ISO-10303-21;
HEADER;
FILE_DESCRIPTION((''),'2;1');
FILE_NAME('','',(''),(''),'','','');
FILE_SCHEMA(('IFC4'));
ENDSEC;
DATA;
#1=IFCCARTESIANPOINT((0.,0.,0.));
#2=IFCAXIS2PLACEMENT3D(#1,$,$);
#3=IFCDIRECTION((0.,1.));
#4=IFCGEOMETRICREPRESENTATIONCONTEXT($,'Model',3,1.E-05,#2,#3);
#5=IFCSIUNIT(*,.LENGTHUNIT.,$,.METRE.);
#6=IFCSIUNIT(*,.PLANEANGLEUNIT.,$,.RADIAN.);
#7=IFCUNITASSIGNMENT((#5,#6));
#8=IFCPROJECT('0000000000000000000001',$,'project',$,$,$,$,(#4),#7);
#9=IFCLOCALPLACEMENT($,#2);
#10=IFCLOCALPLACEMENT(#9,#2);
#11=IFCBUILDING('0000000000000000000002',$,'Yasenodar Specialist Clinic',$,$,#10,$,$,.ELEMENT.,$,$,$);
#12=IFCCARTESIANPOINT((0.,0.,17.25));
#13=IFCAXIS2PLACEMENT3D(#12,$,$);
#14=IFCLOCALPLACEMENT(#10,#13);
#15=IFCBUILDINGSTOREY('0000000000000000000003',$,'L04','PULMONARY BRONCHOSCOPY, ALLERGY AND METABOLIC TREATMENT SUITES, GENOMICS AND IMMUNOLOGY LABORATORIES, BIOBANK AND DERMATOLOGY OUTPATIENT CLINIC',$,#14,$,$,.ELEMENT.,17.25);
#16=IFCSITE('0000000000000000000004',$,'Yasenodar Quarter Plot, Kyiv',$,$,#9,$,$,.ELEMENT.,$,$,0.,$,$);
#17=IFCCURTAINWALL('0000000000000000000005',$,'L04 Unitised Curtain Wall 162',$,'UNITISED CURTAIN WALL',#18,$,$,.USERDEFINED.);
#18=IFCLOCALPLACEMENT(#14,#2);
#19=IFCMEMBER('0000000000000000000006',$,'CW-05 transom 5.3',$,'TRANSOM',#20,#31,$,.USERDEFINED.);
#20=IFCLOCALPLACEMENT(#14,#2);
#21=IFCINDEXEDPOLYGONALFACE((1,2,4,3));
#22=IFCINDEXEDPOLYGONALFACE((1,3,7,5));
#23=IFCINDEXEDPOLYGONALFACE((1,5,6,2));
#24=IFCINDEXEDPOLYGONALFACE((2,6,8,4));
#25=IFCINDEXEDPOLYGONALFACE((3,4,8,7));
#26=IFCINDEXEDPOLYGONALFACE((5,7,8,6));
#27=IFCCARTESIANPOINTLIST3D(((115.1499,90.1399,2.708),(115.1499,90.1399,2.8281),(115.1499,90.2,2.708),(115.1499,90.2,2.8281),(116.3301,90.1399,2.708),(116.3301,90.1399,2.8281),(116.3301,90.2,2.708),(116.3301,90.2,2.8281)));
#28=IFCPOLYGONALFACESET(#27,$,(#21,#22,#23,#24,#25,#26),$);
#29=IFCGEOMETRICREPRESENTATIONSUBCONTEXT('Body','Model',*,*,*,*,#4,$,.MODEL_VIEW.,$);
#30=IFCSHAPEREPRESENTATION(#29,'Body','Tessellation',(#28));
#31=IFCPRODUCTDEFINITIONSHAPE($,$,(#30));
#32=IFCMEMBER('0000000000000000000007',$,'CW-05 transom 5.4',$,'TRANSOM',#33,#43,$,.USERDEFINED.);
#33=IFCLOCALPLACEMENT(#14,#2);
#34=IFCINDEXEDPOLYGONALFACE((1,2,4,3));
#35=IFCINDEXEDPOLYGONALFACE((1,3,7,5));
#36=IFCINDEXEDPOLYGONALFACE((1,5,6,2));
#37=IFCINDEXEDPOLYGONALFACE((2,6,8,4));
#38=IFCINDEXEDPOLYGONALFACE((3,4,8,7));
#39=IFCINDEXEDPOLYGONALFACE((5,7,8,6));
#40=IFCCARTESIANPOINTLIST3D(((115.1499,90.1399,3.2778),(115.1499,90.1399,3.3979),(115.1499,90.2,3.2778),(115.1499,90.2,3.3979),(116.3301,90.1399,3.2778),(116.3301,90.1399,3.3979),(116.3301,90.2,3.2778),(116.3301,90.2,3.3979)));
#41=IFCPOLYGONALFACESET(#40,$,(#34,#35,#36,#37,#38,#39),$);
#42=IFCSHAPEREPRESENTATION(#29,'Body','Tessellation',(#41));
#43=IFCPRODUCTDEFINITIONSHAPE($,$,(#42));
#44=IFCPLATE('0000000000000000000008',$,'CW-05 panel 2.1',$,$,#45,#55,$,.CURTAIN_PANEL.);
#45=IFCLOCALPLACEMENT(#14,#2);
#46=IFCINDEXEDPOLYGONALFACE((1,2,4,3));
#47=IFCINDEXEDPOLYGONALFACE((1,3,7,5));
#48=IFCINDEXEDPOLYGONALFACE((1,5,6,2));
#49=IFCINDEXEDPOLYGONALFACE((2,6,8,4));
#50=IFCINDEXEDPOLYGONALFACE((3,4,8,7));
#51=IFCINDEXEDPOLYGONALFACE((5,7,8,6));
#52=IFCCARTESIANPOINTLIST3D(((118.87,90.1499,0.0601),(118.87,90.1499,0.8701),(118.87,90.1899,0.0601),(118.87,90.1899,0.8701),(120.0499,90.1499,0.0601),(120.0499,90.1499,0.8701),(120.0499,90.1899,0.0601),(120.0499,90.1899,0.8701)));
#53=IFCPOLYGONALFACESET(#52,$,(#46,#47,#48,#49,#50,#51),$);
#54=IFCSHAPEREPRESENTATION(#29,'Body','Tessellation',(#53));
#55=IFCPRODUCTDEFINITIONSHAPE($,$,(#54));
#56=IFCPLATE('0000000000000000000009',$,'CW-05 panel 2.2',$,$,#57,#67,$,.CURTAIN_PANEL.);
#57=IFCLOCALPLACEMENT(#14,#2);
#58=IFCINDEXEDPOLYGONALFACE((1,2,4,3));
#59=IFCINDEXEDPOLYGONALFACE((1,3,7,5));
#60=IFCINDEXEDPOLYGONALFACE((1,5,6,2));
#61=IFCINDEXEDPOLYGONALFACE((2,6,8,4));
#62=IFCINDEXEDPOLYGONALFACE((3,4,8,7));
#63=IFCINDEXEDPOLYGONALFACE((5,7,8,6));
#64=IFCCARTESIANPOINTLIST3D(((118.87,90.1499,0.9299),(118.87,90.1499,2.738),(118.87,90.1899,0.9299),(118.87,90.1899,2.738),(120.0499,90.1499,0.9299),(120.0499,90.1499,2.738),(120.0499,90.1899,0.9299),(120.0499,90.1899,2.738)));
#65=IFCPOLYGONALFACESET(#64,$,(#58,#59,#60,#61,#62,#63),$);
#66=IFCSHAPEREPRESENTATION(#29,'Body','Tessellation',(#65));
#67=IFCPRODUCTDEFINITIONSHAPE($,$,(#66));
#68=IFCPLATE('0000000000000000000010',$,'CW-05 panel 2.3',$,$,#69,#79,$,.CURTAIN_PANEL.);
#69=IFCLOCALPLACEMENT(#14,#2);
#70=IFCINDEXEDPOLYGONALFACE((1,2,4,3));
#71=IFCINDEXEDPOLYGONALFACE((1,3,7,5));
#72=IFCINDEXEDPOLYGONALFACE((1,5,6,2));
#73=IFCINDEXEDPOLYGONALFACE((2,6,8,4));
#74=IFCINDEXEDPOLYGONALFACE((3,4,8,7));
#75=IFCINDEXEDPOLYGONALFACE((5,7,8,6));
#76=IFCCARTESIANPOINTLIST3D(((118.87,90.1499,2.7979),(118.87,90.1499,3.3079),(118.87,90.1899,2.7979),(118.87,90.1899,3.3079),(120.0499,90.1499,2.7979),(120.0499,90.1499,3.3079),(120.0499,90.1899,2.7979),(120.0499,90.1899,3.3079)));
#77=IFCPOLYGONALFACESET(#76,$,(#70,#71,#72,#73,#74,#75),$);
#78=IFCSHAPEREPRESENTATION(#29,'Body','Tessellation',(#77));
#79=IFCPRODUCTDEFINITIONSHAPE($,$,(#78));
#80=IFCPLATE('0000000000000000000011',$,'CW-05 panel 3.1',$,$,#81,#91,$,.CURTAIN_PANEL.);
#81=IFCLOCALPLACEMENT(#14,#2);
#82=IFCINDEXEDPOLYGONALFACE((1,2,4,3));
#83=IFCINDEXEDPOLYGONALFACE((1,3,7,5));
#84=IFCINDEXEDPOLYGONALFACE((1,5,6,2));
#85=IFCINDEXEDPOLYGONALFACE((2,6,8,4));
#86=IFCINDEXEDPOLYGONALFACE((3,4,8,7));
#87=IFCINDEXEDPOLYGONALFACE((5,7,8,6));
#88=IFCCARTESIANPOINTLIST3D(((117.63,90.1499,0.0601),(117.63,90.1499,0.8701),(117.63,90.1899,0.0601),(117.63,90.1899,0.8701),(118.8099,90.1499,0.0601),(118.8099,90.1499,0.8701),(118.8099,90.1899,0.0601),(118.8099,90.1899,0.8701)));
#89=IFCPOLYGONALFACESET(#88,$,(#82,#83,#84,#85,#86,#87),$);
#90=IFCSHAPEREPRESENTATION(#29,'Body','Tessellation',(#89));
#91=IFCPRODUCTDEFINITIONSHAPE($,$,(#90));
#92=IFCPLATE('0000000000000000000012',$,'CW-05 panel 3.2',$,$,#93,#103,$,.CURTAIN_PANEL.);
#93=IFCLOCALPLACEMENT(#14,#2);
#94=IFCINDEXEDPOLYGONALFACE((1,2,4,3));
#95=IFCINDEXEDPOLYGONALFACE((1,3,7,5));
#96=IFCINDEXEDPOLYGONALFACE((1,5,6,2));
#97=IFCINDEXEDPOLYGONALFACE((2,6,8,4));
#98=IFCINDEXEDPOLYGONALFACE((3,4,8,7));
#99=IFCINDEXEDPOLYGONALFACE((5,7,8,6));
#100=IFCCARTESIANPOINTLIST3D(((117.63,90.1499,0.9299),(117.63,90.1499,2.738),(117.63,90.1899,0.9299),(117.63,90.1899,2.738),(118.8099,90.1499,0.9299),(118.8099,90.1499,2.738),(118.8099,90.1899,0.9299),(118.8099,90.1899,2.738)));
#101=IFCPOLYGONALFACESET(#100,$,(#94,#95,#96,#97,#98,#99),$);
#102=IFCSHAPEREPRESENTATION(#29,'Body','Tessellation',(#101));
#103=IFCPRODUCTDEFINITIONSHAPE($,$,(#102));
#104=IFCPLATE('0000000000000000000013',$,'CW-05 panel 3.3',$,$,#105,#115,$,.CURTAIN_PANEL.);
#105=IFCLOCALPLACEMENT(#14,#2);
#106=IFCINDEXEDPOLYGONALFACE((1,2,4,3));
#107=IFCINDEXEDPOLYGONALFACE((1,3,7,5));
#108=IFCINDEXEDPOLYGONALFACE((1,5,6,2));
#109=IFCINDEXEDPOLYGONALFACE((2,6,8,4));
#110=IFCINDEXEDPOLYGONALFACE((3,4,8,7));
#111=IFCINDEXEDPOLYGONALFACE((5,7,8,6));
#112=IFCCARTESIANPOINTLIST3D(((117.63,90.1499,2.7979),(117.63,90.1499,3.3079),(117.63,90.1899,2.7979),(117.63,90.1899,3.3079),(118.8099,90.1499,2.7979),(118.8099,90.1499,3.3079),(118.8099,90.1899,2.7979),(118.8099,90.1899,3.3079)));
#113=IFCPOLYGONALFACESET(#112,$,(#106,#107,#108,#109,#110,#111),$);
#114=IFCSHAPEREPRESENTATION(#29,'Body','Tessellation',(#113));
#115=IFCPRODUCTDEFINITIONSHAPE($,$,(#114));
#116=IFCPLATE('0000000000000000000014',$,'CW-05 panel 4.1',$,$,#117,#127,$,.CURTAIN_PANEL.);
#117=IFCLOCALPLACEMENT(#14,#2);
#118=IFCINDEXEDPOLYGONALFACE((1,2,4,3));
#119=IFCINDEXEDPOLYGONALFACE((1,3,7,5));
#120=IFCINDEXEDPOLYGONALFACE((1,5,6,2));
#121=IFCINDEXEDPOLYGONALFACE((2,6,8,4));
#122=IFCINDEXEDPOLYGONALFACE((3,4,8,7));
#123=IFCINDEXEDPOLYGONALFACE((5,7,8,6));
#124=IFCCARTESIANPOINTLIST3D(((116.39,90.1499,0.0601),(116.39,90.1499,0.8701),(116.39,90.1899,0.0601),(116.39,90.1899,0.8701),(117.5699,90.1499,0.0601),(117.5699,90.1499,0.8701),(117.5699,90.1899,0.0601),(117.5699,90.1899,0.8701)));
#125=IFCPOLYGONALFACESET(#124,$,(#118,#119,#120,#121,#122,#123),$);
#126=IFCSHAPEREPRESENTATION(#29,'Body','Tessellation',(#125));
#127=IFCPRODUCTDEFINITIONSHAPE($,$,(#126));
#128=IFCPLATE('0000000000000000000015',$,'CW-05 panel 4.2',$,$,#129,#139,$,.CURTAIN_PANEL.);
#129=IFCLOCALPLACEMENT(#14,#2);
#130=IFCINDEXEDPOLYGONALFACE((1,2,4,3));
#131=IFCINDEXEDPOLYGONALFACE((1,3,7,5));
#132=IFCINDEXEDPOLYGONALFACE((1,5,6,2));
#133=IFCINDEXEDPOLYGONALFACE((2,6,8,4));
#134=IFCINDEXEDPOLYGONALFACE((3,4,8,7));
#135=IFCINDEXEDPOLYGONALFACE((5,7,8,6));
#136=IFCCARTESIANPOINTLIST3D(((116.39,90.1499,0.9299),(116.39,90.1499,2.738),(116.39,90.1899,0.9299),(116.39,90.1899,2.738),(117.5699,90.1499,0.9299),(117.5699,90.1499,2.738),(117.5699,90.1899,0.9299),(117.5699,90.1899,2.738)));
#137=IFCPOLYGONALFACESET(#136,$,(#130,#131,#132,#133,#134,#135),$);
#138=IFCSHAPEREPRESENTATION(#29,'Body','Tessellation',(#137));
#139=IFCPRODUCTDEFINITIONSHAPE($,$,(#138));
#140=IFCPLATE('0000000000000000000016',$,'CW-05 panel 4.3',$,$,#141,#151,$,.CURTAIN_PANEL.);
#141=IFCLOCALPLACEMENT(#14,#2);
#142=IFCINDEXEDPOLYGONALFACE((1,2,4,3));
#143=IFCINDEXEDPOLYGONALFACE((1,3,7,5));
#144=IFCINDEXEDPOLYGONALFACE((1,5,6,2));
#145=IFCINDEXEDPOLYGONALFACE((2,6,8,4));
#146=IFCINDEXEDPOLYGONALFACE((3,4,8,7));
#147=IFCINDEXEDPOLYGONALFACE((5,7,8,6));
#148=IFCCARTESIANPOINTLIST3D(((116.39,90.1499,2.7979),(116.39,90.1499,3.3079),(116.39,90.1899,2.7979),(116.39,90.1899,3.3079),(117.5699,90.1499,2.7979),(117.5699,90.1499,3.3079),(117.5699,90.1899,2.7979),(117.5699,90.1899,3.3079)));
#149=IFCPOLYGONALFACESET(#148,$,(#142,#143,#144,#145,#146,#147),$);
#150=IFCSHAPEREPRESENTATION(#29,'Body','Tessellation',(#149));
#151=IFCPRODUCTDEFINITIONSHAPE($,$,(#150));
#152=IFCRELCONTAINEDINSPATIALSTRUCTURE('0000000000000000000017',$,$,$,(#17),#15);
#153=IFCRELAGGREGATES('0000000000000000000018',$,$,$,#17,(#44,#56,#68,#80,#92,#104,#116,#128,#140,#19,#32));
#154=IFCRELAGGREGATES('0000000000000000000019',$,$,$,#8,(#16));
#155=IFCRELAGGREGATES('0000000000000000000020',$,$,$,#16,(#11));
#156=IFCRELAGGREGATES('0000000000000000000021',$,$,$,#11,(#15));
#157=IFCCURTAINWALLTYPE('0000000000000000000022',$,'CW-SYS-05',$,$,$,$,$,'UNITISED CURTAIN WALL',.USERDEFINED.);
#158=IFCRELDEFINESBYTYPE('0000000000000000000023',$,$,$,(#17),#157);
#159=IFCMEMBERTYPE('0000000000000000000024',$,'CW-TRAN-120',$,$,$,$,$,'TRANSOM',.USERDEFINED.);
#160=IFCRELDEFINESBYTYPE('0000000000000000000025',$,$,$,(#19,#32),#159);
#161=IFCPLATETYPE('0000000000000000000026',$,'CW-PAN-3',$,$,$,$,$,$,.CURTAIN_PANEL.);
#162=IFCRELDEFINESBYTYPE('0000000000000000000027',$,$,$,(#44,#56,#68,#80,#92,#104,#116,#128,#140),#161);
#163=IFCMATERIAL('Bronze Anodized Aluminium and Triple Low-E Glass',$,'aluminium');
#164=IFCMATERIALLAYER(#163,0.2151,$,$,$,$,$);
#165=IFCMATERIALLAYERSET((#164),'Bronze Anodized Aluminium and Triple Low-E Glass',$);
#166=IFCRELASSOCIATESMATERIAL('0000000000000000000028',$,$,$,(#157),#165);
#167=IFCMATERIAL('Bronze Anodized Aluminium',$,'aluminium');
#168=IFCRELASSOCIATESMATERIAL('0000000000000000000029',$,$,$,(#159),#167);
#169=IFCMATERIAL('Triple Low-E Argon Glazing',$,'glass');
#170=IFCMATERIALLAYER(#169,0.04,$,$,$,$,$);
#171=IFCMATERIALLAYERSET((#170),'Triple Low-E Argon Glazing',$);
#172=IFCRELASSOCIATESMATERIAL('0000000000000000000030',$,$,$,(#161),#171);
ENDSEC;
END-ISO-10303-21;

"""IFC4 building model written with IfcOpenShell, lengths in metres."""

from ifc_helpers import new_model, si_unit, direction, frame, origin, origin_2d, place, context, subcontext, project, spatial, rectangle, extrude, material, layer, layer_set, material_profile, profile_set, type_object, element, aggregate, save


model = new_model("IFC4")

# Units and contexts
model_context = context("Model", 3, precision=1e-05, world=origin(), true_north=direction((0.0, 1.0)))
body_context = subcontext(model_context, "Body", "Model", "MODEL_VIEW")
ifc_project = project(units=[si_unit("LENGTHUNIT", "METRE"), si_unit("PLANEANGLEUNIT", "RADIAN")], contexts=[model_context])

# Site, building, storey
site_placement = place(None, origin())
site = spatial("IfcSite", under=ifc_project, at=site_placement, Name="Yasenodar Quarter Plot, Kyiv", CompositionType="ELEMENT", RefElevation=0.0)
building_placement = place(site_placement, origin())
building = spatial("IfcBuilding", under=site, at=building_placement, Name="Yasenodar Specialist Clinic", CompositionType="ELEMENT")
storey_placement = place(building_placement, frame((0.0, 0.0, 17.25)))
storey = spatial("IfcBuildingStorey", under=building, at=storey_placement, Name="L04", Description="PULMONARY BRONCHOSCOPY, ALLERGY AND METABOLIC TREATMENT SUITES, GENOMICS AND IMMUNOLOGY LABORATORIES, BIOBANK AND DERMATOLOGY OUTPATIENT CLINIC", CompositionType="ELEMENT", Elevation=17.25)

# Curtain wall, members, plates
ifc_material_1 = material(Name="Bronze Anodized Aluminium and Triple Low-E Glass", Category="aluminium")
ifc_layer_1 = layer(ifc_material_1, 0.2151)
ifc_layer_set_1 = layer_set([ifc_layer_1], Name="Bronze Anodized Aluminium and Triple Low-E Glass")
curtain_wall_type = type_object("IfcCurtainWallType", Name="CW-SYS-05", ElementType="UNITISED CURTAIN WALL", PredefinedType="USERDEFINED", material=ifc_layer_set_1)
curtain_wall_placement = place(storey_placement, origin())
curtain_wall = element("IfcCurtainWall", 1, at=curtain_wall_placement, inside=storey, type_object=curtain_wall_type, Name="L04 Unitised Curtain Wall 162", ObjectType="UNITISED CURTAIN WALL", PredefinedType="USERDEFINED")
ifc_material_2 = material(Name="Bronze Anodized Aluminium", Category="aluminium")
ifc_material_profile_1 = material_profile(ifc_material_2, rectangle(XDim=0.0601, YDim=0.1201, at=origin_2d()), Name="CW-TRAN 60x120")
ifc_profile_set_1 = profile_set([ifc_material_profile_1], Name="Bronze Anodized Aluminium")
member_type_1 = type_object("IfcMemberType", Name="CW-TRAN-120", ElementType="TRANSOM", PredefinedType="USERDEFINED", material=ifc_profile_set_1)
member_1_placement = place(storey_placement, frame((116.3301, 90.1699, 2.7681), z_axis=(-1.0, 0.0, 0.0), x_axis=(0.0, -1.0, 0.0)))
member_1 = element("IfcMember", 2, at=member_1_placement, type_object=member_type_1, Name="CW-05 transom 5.3", ObjectType="TRANSOM", PredefinedType="USERDEFINED", context=body_context, shape_type="SweptSolid", body=[
    extrude(rectangle(XDim=0.0601, YDim=0.1201, at=origin_2d()), origin(), (0.0, 0.0, 1.0), 1.1802),
])
member_2_placement = place(storey_placement, frame((116.3301, 90.1699, 3.3379), z_axis=(-1.0, 0.0, 0.0), x_axis=(0.0, -1.0, 0.0)))
member_2 = element("IfcMember", 3, at=member_2_placement, type_object=member_type_1, Name="CW-05 transom 5.4", ObjectType="TRANSOM", PredefinedType="USERDEFINED", context=body_context, shape_type="SweptSolid", body=[
    extrude(rectangle(XDim=0.0601, YDim=0.1201, at=origin_2d()), origin(), (0.0, 0.0, 1.0), 1.1802),
])
ifc_material_3 = material(Name="Triple Low-E Argon Glazing", Category="glass")
ifc_layer_2 = layer(ifc_material_3, 0.04)
ifc_layer_set_2 = layer_set([ifc_layer_2], Name="Triple Low-E Argon Glazing")
plate_type = type_object("IfcPlateType", Name="CW-PAN-3", PredefinedType="CURTAIN_PANEL", material=ifc_layer_set_2)
plate_1_placement = place(storey_placement, frame((119.46, 90.1699, 0.0601), z_axis=(0.0, 0.0, 1.0), x_axis=(-1.0, 0.0, 0.0)))
plate_1 = element("IfcPlate", 4, at=plate_1_placement, type_object=plate_type, Name="CW-05 panel 2.1", PredefinedType="CURTAIN_PANEL", context=body_context, shape_type="SweptSolid", body=[
    extrude(rectangle(XDim=1.1799, YDim=0.04, at=origin_2d()), origin(), (0.0, 0.0, 1.0), 0.8101),
])
plate_2_placement = place(storey_placement, frame((119.46, 90.1699, 0.9299), z_axis=(0.0, 0.0, 1.0), x_axis=(-1.0, 0.0, 0.0)))
plate_2 = element("IfcPlate", 5, at=plate_2_placement, type_object=plate_type, Name="CW-05 panel 2.2", PredefinedType="CURTAIN_PANEL", context=body_context, shape_type="SweptSolid", body=[
    extrude(rectangle(XDim=1.1799, YDim=0.04, at=origin_2d()), origin(), (0.0, 0.0, 1.0), 1.8081),
])
plate_3_placement = place(storey_placement, frame((119.46, 90.1699, 2.7979), z_axis=(0.0, 0.0, 1.0), x_axis=(-1.0, 0.0, 0.0)))
plate_3 = element("IfcPlate", 6, at=plate_3_placement, type_object=plate_type, Name="CW-05 panel 2.3", PredefinedType="CURTAIN_PANEL", context=body_context, shape_type="SweptSolid", body=[
    extrude(rectangle(XDim=1.1799, YDim=0.04, at=origin_2d()), origin(), (0.0, 0.0, 1.0), 0.51),
])
plate_4_placement = place(storey_placement, frame((118.22, 90.1699, 0.0601), z_axis=(0.0, 0.0, 1.0), x_axis=(-1.0, 0.0, 0.0)))
plate_4 = element("IfcPlate", 7, at=plate_4_placement, type_object=plate_type, Name="CW-05 panel 3.1", PredefinedType="CURTAIN_PANEL", context=body_context, shape_type="SweptSolid", body=[
    extrude(rectangle(XDim=1.1799, YDim=0.04, at=origin_2d()), origin(), (0.0, 0.0, 1.0), 0.8101),
])
plate_5_placement = place(storey_placement, frame((118.22, 90.1699, 0.9299), z_axis=(0.0, 0.0, 1.0), x_axis=(-1.0, 0.0, 0.0)))
plate_5 = element("IfcPlate", 8, at=plate_5_placement, type_object=plate_type, Name="CW-05 panel 3.2", PredefinedType="CURTAIN_PANEL", context=body_context, shape_type="SweptSolid", body=[
    extrude(rectangle(XDim=1.1799, YDim=0.04, at=origin_2d()), origin(), (0.0, 0.0, 1.0), 1.8081),
])
plate_6_placement = place(storey_placement, frame((118.22, 90.1699, 2.7979), z_axis=(0.0, 0.0, 1.0), x_axis=(-1.0, 0.0, 0.0)))
plate_6 = element("IfcPlate", 9, at=plate_6_placement, type_object=plate_type, Name="CW-05 panel 3.3", PredefinedType="CURTAIN_PANEL", context=body_context, shape_type="SweptSolid", body=[
    extrude(rectangle(XDim=1.1799, YDim=0.04, at=origin_2d()), origin(), (0.0, 0.0, 1.0), 0.51),
])
plate_7_placement = place(storey_placement, frame((116.98, 90.1699, 0.0601), z_axis=(0.0, 0.0, 1.0), x_axis=(-1.0, 0.0, 0.0)))
plate_7 = element("IfcPlate", 10, at=plate_7_placement, type_object=plate_type, Name="CW-05 panel 4.1", PredefinedType="CURTAIN_PANEL", context=body_context, shape_type="SweptSolid", body=[
    extrude(rectangle(XDim=1.1799, YDim=0.04, at=origin_2d()), origin(), (0.0, 0.0, 1.0), 0.8101),
])
plate_8_placement = place(storey_placement, frame((116.98, 90.1699, 0.9299), z_axis=(0.0, 0.0, 1.0), x_axis=(-1.0, 0.0, 0.0)))
plate_8 = element("IfcPlate", 11, at=plate_8_placement, type_object=plate_type, Name="CW-05 panel 4.2", PredefinedType="CURTAIN_PANEL", context=body_context, shape_type="SweptSolid", body=[
    extrude(rectangle(XDim=1.1799, YDim=0.04, at=origin_2d()), origin(), (0.0, 0.0, 1.0), 1.8081),
])
plate_9_placement = place(storey_placement, frame((116.98, 90.1699, 2.7979), z_axis=(0.0, 0.0, 1.0), x_axis=(-1.0, 0.0, 0.0)))
plate_9 = element("IfcPlate", 12, at=plate_9_placement, type_object=plate_type, Name="CW-05 panel 4.3", PredefinedType="CURTAIN_PANEL", context=body_context, shape_type="SweptSolid", body=[
    extrude(rectangle(XDim=1.1799, YDim=0.04, at=origin_2d()), origin(), (0.0, 0.0, 1.0), 0.51),
])
aggregate(curtain_wall, [plate_1, plate_2, plate_3, plate_4, plate_5, plate_6, plate_7, plate_8, plate_9, member_1, member_2])

save(model, "model.ifc")
